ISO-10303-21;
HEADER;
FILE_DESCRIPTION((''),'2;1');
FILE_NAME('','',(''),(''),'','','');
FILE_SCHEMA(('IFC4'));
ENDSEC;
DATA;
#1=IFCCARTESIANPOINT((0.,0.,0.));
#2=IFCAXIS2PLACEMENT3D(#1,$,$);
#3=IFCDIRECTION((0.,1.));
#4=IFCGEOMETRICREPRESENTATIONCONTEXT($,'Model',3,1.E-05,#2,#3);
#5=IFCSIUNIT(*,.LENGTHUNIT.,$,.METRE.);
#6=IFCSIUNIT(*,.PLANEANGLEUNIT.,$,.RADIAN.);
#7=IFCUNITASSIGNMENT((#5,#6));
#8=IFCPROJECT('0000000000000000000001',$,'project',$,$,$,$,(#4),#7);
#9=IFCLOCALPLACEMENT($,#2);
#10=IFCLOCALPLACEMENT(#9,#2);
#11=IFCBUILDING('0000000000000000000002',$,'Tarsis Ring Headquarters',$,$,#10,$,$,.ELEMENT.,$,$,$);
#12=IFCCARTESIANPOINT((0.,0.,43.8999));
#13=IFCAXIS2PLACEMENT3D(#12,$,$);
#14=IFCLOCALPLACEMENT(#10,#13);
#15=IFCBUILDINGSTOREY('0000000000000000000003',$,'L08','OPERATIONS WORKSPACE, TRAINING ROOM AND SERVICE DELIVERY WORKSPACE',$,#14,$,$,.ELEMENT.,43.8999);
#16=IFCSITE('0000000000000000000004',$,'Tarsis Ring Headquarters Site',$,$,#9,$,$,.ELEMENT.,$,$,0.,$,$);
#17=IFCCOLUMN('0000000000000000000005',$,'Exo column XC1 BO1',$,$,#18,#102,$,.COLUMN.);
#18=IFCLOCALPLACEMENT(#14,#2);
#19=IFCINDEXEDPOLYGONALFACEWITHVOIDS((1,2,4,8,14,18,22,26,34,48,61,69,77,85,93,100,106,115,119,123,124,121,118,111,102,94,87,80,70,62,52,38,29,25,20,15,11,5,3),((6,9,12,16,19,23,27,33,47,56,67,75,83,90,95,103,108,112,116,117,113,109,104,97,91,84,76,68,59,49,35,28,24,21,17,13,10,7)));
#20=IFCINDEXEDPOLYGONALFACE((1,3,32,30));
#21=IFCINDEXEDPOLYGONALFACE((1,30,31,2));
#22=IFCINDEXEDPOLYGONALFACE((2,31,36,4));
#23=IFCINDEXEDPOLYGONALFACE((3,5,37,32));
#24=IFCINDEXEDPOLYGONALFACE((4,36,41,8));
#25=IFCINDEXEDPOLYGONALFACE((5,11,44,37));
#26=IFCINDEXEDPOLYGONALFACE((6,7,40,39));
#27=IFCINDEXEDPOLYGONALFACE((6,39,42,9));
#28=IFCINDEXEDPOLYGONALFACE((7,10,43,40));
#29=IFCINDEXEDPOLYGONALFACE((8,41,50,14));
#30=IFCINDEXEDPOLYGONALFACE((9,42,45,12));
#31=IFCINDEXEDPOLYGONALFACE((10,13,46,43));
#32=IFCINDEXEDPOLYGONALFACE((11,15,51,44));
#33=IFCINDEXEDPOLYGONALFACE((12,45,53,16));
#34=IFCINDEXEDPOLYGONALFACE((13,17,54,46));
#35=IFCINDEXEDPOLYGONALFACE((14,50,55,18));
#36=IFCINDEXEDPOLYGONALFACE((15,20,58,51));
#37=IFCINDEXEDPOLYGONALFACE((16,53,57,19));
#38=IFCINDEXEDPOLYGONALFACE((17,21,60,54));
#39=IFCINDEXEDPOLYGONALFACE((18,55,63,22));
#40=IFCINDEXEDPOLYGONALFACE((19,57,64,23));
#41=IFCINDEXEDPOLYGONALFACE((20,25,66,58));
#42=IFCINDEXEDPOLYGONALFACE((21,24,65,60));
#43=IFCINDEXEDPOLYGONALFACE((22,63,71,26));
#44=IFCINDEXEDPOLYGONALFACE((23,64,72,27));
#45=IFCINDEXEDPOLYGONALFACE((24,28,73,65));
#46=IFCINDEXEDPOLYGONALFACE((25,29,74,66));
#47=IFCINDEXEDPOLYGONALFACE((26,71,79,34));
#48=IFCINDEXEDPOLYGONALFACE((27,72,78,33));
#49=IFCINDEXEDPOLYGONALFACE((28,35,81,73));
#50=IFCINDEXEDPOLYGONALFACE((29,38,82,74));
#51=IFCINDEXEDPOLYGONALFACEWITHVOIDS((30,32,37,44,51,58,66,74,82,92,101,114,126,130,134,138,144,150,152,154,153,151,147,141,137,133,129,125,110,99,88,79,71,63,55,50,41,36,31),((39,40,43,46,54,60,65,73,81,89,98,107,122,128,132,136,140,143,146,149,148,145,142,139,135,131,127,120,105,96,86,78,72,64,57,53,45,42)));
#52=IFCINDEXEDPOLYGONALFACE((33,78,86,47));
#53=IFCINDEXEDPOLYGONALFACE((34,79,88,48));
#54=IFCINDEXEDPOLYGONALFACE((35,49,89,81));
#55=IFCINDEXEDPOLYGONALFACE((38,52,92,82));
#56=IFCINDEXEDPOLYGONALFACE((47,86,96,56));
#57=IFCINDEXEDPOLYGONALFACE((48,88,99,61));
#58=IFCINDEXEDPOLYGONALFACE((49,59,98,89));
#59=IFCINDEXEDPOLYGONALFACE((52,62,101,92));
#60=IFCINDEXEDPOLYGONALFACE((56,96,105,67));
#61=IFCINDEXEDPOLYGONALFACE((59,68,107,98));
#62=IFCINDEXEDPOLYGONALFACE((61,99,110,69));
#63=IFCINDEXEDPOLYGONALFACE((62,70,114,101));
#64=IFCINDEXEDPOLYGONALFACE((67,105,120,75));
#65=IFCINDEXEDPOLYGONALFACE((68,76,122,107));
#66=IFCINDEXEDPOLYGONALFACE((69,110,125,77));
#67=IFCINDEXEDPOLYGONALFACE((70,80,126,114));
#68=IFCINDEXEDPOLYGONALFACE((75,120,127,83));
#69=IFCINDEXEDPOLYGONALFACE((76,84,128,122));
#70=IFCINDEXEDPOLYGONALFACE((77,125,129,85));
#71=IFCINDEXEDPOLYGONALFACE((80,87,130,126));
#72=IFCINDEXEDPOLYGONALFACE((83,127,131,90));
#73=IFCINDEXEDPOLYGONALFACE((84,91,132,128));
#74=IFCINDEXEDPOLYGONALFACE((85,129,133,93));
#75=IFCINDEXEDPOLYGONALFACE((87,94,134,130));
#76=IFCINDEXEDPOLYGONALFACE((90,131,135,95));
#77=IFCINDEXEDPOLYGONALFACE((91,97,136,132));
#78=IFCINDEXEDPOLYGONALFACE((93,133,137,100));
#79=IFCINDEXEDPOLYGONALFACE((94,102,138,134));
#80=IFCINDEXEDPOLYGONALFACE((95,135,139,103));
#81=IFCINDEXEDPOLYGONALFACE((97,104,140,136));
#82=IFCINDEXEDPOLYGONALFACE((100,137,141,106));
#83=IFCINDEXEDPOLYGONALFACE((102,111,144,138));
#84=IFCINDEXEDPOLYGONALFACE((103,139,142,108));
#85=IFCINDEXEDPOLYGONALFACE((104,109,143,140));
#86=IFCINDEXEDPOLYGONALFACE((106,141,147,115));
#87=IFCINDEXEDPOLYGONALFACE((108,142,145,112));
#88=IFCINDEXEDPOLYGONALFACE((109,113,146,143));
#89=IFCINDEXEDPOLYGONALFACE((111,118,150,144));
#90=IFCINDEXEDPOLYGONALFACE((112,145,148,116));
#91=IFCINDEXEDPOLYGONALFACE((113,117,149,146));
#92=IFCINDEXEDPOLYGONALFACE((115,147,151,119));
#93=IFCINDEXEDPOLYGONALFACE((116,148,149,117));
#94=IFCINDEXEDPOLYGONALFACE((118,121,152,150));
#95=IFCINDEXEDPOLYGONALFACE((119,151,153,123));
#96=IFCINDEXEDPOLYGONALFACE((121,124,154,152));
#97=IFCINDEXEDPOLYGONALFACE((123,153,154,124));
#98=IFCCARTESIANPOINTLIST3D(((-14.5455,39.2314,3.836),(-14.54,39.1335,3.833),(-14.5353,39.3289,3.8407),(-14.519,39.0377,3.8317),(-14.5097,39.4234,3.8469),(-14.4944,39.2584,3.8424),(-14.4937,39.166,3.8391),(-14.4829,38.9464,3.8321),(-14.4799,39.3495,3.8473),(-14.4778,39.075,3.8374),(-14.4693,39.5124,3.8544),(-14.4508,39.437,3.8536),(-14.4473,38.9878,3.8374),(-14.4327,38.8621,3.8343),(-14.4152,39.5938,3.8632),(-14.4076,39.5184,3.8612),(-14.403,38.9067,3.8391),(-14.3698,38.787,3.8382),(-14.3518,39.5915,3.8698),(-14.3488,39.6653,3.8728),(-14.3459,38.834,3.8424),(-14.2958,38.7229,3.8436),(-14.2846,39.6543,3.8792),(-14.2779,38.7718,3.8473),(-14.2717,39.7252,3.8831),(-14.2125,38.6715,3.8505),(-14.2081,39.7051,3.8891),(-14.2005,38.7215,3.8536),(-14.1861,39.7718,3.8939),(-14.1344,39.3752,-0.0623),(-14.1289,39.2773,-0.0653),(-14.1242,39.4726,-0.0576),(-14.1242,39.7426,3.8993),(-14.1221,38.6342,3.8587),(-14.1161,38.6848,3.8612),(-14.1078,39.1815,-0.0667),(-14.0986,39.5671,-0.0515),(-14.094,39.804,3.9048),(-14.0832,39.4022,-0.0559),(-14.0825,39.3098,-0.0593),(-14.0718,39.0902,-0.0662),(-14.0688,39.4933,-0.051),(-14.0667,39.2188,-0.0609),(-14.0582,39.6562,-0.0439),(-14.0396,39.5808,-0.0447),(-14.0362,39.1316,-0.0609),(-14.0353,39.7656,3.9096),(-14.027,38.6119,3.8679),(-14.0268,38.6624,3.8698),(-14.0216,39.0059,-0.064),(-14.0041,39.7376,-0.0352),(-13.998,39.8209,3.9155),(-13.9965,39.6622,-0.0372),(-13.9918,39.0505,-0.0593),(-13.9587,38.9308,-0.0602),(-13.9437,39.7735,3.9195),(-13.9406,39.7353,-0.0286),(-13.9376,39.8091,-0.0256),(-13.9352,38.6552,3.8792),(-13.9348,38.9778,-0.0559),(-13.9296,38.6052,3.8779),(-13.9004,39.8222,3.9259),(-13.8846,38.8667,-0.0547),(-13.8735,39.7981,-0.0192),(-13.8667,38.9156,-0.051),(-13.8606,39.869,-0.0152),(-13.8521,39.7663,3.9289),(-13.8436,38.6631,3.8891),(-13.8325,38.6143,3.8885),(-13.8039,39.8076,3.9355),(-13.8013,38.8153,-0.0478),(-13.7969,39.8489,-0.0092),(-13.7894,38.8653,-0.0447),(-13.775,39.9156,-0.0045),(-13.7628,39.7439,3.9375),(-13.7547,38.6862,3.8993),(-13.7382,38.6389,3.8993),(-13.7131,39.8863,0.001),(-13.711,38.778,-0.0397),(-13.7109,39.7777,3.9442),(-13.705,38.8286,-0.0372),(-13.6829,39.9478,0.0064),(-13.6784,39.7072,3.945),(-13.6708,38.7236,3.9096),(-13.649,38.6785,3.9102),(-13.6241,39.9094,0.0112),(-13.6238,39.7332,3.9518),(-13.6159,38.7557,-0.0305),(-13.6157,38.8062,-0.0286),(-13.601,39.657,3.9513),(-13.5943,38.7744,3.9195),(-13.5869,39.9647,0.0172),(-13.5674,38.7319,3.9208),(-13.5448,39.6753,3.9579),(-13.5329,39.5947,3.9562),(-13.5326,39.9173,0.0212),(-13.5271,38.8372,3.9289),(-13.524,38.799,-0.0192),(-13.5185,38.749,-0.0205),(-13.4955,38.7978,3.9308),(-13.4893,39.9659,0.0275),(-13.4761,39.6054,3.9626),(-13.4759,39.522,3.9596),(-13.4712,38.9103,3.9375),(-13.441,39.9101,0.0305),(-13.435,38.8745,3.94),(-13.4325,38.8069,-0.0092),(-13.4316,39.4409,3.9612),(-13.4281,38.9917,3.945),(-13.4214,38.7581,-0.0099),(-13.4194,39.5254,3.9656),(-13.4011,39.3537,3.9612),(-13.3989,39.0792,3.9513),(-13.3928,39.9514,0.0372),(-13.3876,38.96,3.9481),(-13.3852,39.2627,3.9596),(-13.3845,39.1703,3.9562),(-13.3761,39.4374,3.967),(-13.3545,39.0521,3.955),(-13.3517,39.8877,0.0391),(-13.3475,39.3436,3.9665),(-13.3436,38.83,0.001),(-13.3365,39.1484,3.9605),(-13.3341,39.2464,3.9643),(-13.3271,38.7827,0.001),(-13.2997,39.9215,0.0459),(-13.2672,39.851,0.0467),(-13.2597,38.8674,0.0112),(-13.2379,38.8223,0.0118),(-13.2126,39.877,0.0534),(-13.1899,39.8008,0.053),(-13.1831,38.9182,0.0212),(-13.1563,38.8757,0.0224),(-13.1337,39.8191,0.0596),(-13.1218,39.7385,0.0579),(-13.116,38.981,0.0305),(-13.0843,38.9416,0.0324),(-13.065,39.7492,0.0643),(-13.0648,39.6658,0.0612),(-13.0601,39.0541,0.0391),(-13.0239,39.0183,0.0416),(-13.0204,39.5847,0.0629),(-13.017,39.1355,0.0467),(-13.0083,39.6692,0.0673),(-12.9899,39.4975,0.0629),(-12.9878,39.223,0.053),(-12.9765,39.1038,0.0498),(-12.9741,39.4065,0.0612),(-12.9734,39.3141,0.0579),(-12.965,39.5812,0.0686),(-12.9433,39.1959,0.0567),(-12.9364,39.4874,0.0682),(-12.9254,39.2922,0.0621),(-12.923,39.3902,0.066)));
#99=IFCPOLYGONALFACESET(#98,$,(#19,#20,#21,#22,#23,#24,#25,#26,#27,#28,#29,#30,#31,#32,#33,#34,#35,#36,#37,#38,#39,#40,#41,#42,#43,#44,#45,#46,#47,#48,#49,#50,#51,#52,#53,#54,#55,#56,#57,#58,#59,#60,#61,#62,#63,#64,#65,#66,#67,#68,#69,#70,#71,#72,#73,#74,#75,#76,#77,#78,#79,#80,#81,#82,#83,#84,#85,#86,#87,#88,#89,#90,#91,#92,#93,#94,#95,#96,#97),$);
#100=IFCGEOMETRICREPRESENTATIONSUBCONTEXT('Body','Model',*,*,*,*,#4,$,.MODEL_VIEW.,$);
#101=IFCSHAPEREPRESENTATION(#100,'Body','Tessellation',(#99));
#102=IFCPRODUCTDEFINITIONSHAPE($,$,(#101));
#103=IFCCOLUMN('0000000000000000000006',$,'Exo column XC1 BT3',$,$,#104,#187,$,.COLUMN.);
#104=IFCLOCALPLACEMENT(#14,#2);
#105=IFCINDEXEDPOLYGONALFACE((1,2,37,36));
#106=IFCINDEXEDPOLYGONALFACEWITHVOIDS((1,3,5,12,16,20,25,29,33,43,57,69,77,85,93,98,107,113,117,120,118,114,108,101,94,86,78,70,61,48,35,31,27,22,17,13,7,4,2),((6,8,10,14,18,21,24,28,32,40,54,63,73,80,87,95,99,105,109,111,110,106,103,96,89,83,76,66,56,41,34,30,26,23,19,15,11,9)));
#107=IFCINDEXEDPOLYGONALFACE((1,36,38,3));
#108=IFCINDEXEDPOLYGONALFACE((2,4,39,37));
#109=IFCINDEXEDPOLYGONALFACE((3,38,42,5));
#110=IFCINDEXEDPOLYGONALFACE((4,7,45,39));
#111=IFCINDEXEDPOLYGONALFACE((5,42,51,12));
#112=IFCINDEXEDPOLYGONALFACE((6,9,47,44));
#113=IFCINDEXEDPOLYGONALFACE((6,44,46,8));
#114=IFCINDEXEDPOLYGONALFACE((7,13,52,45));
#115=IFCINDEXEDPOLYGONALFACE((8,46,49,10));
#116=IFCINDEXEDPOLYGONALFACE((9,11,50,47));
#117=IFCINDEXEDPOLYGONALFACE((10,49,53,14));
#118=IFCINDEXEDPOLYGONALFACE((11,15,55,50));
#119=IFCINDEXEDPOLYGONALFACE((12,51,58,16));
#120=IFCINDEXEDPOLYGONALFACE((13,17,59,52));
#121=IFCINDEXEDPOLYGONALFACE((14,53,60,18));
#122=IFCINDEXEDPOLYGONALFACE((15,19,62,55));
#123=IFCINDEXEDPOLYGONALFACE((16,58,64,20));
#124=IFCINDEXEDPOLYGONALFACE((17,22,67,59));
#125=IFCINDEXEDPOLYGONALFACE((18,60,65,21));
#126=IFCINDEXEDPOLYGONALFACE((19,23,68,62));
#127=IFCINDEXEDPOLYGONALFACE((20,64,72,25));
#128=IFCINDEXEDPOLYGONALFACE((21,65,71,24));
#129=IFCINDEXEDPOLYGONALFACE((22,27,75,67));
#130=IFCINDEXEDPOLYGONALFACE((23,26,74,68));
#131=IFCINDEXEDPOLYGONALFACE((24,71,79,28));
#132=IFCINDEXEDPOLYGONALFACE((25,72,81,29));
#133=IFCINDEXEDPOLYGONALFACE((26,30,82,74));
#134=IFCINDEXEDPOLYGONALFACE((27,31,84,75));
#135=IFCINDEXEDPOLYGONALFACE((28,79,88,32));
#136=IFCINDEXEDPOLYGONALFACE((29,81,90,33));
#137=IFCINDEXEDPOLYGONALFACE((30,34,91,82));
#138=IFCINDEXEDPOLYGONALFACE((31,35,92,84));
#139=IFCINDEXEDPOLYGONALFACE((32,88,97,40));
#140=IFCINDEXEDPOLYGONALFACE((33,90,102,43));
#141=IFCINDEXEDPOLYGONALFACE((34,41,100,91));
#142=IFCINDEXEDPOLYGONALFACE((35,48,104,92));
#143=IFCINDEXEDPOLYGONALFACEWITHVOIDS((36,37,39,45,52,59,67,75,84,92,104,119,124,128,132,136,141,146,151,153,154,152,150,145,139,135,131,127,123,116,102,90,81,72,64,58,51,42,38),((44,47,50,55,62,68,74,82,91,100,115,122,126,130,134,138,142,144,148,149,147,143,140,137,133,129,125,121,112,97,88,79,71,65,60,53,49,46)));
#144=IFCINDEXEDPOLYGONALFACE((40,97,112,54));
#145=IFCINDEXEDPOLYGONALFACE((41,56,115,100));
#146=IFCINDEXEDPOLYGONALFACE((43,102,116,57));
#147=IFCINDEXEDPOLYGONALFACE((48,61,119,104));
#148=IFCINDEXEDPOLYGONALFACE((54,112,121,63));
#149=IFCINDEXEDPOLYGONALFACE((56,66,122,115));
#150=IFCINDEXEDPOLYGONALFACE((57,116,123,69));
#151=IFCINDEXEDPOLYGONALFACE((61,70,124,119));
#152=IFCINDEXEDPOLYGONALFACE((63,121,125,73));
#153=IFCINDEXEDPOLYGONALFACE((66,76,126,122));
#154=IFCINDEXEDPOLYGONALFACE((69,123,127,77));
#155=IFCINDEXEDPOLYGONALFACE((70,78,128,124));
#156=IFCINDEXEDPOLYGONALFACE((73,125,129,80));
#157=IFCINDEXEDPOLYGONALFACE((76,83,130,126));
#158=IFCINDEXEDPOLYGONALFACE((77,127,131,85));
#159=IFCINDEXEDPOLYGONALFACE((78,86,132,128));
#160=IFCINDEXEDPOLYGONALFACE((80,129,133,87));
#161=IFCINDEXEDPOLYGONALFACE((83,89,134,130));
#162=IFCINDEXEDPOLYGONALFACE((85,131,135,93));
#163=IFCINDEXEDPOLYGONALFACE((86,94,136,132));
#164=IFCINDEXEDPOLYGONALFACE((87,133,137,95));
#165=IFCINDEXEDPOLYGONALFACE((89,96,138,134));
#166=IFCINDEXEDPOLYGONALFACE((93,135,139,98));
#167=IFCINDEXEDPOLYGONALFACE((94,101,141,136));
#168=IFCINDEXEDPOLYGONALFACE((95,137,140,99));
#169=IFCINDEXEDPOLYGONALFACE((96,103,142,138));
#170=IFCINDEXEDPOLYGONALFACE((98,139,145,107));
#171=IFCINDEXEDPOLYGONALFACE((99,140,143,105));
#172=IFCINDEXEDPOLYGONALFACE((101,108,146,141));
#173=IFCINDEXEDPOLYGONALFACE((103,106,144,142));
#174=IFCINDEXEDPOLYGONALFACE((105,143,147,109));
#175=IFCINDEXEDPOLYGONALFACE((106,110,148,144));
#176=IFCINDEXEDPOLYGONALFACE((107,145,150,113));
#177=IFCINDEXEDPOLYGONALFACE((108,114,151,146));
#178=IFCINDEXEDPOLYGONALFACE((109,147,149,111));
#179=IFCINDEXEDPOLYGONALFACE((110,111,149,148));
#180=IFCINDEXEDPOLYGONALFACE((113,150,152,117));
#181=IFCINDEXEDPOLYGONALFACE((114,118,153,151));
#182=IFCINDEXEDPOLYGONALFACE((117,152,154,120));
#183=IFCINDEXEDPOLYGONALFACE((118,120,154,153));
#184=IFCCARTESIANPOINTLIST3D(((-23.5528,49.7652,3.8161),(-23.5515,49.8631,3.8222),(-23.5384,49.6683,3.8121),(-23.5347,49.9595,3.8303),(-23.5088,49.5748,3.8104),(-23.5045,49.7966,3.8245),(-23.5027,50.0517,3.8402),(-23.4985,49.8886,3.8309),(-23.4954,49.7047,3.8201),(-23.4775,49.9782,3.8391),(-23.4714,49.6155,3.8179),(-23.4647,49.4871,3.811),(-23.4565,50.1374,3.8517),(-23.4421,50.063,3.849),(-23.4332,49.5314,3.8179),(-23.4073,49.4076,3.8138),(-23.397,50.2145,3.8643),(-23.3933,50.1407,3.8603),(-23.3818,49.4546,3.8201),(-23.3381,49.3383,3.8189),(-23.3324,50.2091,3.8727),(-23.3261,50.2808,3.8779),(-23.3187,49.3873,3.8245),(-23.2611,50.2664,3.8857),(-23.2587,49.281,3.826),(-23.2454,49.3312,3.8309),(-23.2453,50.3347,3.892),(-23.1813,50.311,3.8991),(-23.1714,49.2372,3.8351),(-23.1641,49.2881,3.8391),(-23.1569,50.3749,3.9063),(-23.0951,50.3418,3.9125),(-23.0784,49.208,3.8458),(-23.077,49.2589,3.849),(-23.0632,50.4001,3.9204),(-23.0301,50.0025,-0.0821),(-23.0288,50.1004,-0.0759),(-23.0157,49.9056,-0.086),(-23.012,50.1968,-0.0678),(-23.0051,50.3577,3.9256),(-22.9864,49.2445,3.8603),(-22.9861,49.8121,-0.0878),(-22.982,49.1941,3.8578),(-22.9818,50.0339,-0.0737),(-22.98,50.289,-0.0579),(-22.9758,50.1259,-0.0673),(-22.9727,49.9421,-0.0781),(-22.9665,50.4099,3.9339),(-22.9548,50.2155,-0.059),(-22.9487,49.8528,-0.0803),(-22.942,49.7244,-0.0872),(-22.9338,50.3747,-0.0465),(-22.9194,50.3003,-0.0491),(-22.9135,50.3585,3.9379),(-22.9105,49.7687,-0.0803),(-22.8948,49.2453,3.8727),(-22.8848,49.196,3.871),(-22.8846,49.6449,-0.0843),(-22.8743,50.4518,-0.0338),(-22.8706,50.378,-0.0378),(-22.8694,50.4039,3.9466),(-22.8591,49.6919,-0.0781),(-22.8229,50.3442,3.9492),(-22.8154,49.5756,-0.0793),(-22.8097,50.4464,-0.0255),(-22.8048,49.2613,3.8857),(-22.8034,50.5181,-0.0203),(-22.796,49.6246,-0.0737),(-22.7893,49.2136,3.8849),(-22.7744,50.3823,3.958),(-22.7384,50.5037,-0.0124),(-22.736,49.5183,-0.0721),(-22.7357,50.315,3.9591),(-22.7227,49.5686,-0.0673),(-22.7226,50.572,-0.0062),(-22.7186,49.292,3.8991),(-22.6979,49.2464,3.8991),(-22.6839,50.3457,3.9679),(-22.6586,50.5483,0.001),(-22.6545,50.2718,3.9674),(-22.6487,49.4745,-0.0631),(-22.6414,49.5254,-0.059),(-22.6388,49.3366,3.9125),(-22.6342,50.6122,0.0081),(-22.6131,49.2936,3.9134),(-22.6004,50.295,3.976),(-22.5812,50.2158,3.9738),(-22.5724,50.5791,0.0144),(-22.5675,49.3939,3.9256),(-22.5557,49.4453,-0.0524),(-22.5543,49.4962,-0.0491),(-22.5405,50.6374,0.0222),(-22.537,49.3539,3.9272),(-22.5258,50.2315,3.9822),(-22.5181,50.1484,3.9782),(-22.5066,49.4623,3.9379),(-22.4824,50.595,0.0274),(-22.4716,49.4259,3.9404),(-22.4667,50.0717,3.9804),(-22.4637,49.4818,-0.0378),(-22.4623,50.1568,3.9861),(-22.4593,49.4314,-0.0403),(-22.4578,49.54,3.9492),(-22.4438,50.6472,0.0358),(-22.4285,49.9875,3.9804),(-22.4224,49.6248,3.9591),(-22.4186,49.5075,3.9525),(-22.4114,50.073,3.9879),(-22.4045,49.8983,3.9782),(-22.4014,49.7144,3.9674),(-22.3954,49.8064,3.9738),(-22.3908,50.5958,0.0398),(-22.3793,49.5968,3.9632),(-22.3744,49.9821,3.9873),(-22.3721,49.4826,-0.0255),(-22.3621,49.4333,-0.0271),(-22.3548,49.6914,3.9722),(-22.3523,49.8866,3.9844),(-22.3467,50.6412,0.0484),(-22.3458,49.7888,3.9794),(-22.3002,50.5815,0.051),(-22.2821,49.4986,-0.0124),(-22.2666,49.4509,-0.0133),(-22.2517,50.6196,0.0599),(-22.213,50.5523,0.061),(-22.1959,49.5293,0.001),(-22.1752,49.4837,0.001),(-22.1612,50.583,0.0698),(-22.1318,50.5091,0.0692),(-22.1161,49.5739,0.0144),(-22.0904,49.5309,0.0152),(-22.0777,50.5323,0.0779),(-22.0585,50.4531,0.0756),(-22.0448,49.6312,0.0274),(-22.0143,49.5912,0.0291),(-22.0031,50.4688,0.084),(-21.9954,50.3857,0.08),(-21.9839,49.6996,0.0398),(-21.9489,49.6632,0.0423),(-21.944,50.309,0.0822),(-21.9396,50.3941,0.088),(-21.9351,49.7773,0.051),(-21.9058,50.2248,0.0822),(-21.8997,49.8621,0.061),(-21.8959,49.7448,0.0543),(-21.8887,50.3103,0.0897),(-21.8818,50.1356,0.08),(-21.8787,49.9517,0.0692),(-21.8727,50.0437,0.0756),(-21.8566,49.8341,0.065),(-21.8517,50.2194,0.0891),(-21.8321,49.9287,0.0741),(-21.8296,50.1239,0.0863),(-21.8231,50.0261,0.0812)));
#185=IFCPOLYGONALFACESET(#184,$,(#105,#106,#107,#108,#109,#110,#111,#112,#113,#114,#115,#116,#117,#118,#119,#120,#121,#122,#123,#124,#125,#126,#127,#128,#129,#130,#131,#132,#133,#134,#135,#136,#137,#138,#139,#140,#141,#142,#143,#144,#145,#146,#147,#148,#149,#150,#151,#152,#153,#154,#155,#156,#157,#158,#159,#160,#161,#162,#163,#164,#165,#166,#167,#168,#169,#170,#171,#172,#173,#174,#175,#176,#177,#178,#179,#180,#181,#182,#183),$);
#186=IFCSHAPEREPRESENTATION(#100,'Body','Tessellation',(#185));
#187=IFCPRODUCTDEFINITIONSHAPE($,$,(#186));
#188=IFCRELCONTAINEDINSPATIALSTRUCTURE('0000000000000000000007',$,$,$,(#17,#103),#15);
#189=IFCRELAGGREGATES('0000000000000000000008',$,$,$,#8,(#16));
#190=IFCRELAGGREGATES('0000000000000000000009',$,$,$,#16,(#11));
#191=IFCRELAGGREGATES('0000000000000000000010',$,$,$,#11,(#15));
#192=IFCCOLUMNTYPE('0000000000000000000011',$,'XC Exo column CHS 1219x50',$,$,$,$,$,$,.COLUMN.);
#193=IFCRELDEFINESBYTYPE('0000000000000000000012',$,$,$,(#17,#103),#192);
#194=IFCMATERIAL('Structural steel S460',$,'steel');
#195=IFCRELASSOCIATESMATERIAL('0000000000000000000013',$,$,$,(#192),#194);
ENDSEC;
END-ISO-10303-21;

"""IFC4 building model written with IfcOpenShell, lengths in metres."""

from ifc_helpers import new_model, si_unit, direction, frame, origin, origin_2d, place, context, subcontext, project, spatial, hollow_circle, extrude, material, material_profile, profile_set, type_object, element, save


model = new_model("IFC4")

# Units and contexts
model_context = context("Model", 3, precision=1e-05, world=origin(), true_north=direction((0.0, 1.0)))
body_context = subcontext(model_context, "Body", "Model", "MODEL_VIEW")
ifc_project = project(units=[si_unit("LENGTHUNIT", "METRE"), si_unit("PLANEANGLEUNIT", "RADIAN")], contexts=[model_context])

# Site, building, storey
site_placement = place(None, origin())
site = spatial("IfcSite", under=ifc_project, at=site_placement, Name="Tarsis Ring Headquarters Site", CompositionType="ELEMENT", RefElevation=0.0)
building_placement = place(site_placement, origin())
building = spatial("IfcBuilding", under=site, at=building_placement, Name="Tarsis Ring Headquarters", CompositionType="ELEMENT")
storey_placement = place(building_placement, frame((0.0, 0.0, 43.8999)))
storey = spatial("IfcBuildingStorey", under=building, at=storey_placement, Name="L08", Description="OPERATIONS WORKSPACE, TRAINING ROOM AND SERVICE DELIVERY WORKSPACE", CompositionType="ELEMENT", Elevation=43.8999)

# Columns
ifc_material_1 = material(Name="Structural steel S460", Category="steel")
ifc_material_profile_1 = material_profile(ifc_material_1, hollow_circle(Radius=0.6096, WallThickness=0.05, at=origin_2d()), Name="CHS 1219x50")
ifc_profile_set_1 = profile_set([ifc_material_profile_1], Name="Structural steel S460")
column_type = type_object("IfcColumnType", Name="XC Exo column CHS 1219x50", PredefinedType="COLUMN", material=ifc_profile_set_1)
column_1_placement = place(storey_placement, frame((-13.5283, 39.3582, 0.001), z_axis=(-0.104809, -0.036658, 0.993817), x_axis=(0.330151, -0.943928, 0.0)))
element("IfcColumn", 1, at=column_1_placement, inside=storey, type_object=column_type, Name="Exo column XC1 BO1", PredefinedType="COLUMN", context=body_context, shape_type="SweptSolid", body=[
    extrude(hollow_circle(Radius=0.6096, WallThickness=0.05, at=origin_2d()), origin(), (0.0, 0.0, 1.0), 3.9226),
])
column_2_placement = place(storey_placement, frame((-22.4272, 50.0388, 0.001), z_axis=(-0.132658, -0.060226, 0.98933), x_axis=(0.413386, -0.910556, 0.0)))
element("IfcColumn", 2, at=column_2_placement, inside=storey, type_object=column_type, Name="Exo column XC1 BT3", PredefinedType="COLUMN", context=body_context, shape_type="SweptSolid", body=[
    extrude(hollow_circle(Radius=0.6096, WallThickness=0.05, at=origin_2d()), origin(), (0.0, 0.0, 1.0), 3.9402),
])

save(model, "model.ifc")
